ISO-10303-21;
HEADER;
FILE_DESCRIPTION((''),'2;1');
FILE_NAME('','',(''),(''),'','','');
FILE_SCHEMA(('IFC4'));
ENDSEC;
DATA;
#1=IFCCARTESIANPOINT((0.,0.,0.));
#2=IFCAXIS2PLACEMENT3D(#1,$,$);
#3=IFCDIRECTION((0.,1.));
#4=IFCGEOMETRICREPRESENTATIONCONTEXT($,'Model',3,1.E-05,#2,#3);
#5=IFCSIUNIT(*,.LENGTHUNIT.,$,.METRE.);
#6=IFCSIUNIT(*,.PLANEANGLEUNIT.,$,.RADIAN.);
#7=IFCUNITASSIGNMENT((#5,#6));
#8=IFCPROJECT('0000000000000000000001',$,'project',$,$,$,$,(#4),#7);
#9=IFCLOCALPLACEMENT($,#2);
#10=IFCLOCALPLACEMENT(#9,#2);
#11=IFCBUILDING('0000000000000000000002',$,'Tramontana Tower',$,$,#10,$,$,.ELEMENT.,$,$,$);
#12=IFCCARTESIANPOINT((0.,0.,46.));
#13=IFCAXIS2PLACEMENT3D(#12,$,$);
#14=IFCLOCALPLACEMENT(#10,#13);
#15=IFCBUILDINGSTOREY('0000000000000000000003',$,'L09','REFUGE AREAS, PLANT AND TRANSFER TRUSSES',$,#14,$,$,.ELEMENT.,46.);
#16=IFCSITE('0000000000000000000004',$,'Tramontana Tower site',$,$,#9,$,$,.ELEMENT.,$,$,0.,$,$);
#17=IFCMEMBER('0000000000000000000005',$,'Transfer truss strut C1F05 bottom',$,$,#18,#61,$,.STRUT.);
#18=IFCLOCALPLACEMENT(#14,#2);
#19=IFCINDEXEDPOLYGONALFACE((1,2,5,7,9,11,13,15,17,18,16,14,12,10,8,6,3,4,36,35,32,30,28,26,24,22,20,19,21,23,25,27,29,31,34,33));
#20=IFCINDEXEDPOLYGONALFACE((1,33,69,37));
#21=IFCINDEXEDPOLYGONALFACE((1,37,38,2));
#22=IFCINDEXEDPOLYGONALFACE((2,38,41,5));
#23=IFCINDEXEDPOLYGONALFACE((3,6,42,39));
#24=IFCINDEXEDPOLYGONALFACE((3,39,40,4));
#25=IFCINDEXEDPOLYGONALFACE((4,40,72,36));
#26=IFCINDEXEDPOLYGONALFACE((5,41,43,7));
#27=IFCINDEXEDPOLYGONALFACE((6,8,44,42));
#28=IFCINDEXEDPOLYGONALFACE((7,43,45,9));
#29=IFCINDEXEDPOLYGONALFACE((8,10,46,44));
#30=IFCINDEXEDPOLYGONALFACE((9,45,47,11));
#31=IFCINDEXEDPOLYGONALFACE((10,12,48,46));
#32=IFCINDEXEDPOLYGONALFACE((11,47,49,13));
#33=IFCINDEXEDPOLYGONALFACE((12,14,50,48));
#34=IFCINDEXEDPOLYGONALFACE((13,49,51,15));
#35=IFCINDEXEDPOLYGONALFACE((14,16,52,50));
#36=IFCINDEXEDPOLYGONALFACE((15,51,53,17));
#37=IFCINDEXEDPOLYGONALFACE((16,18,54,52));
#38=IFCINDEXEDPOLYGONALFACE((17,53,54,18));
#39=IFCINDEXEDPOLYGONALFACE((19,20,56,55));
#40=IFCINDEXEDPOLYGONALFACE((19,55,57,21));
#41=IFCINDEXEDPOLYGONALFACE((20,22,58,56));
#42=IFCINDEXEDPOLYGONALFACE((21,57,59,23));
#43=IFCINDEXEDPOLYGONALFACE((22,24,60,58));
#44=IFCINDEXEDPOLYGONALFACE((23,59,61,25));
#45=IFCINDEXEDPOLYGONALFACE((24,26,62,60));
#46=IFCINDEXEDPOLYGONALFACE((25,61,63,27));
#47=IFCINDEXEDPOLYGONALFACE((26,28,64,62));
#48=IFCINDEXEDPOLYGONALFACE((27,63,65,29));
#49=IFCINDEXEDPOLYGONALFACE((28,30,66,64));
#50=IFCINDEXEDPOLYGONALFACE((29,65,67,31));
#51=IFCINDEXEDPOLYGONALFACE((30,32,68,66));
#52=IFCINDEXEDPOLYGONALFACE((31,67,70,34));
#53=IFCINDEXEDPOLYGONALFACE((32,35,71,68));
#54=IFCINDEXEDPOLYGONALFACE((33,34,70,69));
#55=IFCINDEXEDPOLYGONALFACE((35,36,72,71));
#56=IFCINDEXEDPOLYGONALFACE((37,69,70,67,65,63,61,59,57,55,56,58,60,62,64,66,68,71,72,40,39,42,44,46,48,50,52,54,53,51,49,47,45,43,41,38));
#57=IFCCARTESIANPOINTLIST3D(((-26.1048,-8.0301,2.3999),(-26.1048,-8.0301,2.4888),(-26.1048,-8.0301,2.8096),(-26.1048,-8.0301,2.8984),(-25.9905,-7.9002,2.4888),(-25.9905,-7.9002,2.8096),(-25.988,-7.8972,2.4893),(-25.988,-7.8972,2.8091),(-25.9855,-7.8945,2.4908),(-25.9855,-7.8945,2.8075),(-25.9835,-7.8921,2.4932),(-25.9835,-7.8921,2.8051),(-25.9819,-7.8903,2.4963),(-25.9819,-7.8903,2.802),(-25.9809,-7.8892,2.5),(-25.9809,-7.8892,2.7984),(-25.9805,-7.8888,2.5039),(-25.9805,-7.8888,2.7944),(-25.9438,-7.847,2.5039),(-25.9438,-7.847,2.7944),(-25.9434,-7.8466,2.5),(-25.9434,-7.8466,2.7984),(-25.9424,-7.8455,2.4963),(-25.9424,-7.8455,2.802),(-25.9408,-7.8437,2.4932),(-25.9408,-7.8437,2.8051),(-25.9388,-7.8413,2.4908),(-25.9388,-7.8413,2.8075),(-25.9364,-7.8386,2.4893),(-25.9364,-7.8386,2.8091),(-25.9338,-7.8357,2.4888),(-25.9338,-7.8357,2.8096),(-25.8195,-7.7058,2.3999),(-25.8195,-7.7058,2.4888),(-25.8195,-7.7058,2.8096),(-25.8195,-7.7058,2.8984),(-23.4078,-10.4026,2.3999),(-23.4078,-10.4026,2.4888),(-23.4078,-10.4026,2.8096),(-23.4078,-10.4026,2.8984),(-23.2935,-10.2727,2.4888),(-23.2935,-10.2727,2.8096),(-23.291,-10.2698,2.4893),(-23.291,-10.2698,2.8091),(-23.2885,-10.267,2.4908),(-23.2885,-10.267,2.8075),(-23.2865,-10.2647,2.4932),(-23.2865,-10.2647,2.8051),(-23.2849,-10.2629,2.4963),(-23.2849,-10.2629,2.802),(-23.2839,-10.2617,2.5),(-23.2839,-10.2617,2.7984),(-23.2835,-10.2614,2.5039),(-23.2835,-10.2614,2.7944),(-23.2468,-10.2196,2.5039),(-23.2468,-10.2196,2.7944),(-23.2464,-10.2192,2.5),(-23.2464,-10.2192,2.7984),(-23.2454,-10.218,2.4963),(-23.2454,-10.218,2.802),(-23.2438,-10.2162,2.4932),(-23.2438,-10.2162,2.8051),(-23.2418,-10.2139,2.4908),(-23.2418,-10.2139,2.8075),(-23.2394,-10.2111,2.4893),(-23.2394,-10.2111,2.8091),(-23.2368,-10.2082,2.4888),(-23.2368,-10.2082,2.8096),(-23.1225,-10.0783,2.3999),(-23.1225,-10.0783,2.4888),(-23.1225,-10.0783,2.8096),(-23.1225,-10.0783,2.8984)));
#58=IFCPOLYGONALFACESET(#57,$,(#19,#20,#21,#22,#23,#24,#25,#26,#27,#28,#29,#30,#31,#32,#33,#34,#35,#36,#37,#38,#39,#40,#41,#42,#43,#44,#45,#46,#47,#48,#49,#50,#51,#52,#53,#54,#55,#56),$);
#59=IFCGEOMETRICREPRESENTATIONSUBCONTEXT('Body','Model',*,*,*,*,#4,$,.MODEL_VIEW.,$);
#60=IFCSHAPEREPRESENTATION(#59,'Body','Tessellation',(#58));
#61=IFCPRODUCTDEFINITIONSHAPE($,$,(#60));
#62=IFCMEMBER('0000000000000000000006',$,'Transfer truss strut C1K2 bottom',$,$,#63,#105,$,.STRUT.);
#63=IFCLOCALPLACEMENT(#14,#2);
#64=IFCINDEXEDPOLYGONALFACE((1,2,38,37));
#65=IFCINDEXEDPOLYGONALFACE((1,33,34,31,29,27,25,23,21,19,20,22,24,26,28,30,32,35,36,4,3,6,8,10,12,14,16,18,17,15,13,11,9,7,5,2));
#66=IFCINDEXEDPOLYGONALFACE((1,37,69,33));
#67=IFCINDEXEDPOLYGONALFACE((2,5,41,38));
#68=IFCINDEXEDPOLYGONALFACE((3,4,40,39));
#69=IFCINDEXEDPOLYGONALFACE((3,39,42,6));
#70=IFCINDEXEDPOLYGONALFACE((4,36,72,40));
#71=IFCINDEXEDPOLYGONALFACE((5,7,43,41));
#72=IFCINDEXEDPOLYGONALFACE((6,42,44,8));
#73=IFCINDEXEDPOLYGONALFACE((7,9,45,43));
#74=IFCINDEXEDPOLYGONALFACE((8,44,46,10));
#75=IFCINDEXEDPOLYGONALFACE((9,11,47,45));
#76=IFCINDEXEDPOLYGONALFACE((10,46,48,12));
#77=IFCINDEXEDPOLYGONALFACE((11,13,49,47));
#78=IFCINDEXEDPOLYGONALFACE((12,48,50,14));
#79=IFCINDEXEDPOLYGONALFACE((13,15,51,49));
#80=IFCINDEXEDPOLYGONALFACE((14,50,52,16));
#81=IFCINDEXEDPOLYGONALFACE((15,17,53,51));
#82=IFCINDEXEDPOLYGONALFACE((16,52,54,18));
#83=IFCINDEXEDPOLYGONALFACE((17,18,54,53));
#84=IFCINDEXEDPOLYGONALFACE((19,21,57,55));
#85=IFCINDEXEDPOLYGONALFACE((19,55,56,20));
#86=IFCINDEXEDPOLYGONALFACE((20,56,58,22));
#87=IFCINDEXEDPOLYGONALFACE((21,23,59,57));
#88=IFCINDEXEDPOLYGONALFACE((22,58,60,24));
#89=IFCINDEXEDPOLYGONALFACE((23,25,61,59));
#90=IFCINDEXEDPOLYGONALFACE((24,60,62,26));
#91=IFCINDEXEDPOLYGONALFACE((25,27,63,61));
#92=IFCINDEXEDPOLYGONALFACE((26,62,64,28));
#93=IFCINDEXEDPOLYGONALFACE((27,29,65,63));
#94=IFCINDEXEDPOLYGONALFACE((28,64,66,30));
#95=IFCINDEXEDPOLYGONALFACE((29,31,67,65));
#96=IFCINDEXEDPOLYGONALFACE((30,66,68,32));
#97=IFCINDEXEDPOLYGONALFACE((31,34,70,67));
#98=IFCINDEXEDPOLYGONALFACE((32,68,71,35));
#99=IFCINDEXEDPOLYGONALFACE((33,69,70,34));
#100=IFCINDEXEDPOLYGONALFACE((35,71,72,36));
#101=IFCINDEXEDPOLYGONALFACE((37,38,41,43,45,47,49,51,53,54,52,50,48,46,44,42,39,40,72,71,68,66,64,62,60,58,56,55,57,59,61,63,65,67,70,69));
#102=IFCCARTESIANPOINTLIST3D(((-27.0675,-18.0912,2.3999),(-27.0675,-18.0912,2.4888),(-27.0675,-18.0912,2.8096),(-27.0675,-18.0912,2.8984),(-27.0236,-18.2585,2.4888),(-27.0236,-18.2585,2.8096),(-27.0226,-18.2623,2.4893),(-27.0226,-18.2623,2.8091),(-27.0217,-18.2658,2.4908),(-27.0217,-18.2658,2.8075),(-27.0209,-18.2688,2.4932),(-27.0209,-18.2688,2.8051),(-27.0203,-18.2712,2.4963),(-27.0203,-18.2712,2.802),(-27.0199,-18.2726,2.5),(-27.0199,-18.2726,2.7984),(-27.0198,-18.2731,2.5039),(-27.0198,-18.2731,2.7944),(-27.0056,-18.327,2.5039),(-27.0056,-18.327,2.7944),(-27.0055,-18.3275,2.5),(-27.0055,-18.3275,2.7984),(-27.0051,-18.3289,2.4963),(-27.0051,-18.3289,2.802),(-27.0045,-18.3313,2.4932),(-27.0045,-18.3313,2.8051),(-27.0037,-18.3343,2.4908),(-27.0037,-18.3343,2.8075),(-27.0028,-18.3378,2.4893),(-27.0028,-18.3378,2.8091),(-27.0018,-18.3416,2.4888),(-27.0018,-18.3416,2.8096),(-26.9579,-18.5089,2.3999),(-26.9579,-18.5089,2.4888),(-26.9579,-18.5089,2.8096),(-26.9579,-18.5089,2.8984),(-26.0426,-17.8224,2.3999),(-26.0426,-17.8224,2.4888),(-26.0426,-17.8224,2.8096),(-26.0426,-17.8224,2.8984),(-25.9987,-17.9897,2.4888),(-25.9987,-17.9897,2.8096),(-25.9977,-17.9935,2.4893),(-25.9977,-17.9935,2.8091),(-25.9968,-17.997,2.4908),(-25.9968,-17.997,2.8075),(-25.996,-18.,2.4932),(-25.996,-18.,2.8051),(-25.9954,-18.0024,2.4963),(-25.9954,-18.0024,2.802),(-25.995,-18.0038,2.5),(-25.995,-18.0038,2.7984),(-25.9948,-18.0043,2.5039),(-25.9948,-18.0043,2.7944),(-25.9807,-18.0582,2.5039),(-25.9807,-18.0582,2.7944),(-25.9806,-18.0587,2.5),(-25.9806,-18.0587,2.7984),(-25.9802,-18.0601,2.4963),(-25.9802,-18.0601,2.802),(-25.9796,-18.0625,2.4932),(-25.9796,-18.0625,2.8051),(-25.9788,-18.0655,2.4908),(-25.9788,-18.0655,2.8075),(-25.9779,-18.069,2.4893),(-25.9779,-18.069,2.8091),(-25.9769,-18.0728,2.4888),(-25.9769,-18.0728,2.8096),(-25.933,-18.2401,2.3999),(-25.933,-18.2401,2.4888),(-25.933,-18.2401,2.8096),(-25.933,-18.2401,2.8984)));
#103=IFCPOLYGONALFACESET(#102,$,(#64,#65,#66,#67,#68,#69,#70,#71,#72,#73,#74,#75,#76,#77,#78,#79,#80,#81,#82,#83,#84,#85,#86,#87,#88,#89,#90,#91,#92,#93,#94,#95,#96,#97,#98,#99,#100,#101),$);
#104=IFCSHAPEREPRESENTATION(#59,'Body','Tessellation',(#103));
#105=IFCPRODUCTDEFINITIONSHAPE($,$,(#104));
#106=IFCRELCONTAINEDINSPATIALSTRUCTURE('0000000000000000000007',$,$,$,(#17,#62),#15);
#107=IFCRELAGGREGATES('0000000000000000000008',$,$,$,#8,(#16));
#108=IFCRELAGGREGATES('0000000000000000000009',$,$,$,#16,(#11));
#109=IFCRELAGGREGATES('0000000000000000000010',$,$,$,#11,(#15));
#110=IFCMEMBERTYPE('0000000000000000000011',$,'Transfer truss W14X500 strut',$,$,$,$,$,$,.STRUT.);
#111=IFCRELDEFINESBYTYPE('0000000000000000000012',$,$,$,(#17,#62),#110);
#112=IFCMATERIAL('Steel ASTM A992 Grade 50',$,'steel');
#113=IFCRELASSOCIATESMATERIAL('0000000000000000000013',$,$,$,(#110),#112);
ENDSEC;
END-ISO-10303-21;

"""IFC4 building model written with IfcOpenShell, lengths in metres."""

from ifc_helpers import new_model, si_unit, direction, frame, origin, origin_2d, place, context, subcontext, project, spatial, i_section, extrude, material, material_profile, profile_set, type_object, element, save


model = new_model("IFC4")

# Units and contexts
model_context = context("Model", 3, precision=1e-05, world=origin(), true_north=direction((0.0, 1.0)))
body_context = subcontext(model_context, "Body", "Model", "MODEL_VIEW")
ifc_project = project(units=[si_unit("LENGTHUNIT", "METRE"), si_unit("PLANEANGLEUNIT", "RADIAN")], contexts=[model_context])

# Site, building, storey
site_placement = place(None, origin())
site = spatial("IfcSite", under=ifc_project, at=site_placement, Name="Tramontana Tower site", CompositionType="ELEMENT", RefElevation=0.0)
building_placement = place(site_placement, origin())
building = spatial("IfcBuilding", under=site, at=building_placement, Name="Tramontana Tower", CompositionType="ELEMENT")
storey_placement = place(building_placement, frame((0.0, 0.0, 46.0)))
storey = spatial("IfcBuildingStorey", under=building, at=storey_placement, Name="L09", Description="REFUGE AREAS, PLANT AND TRANSFER TRUSSES", CompositionType="ELEMENT", Elevation=46.0)

# Members
ifc_material_1 = material(Name="Steel ASTM A992 Grade 50", Category="steel")
ifc_material_profile_1 = material_profile(ifc_material_1, i_section(OverallWidth=0.4319, OverallDepth=0.4985, WebThickness=0.0557, FlangeThickness=0.0889, FilletRadius=0.0151, at=origin_2d()), Name="W14X500")
ifc_profile_set_1 = profile_set([ifc_material_profile_1], Name="Steel ASTM A992 Grade 50")
member_type_1 = type_object("IfcMemberType", Name="Transfer truss W14X500 strut", PredefinedType="STRUT", material=ifc_profile_set_1)
member_1_placement = place(storey_placement, frame((-25.9622, -7.8679, 2.6492), z_axis=(0.750827, -0.660499, 0.0), x_axis=(0.660499, 0.750827, 0.0)))
element("IfcMember", 1, at=member_1_placement, inside=storey, type_object=member_type_1, Name="Transfer truss strut C1F05 bottom", PredefinedType="STRUT", context=body_context, shape_type="SweptSolid", body=[
    extrude(i_section(OverallWidth=0.4319, OverallDepth=0.4985, WebThickness=0.0557, FlangeThickness=0.0889, FilletRadius=0.0151, at=origin_2d()), origin(), (0.0, 0.0, 1.0), 3.592),
])
member_2_placement = place(storey_placement, frame((-27.0127, -18.3, 2.6492), z_axis=(0.967286, 0.253688, 0.0), x_axis=(-0.253688, 0.967286, 0.0)))
element("IfcMember", 2, at=member_2_placement, inside=storey, type_object=member_type_1, Name="Transfer truss strut C1K2 bottom", PredefinedType="STRUT", context=body_context, shape_type="SweptSolid", body=[
    extrude(i_section(OverallWidth=0.4319, OverallDepth=0.4985, WebThickness=0.0557, FlangeThickness=0.0889, FilletRadius=0.0151, at=origin_2d()), origin(), (0.0, 0.0, 1.0), 1.0596),
])

save(model, "model.ifc")
